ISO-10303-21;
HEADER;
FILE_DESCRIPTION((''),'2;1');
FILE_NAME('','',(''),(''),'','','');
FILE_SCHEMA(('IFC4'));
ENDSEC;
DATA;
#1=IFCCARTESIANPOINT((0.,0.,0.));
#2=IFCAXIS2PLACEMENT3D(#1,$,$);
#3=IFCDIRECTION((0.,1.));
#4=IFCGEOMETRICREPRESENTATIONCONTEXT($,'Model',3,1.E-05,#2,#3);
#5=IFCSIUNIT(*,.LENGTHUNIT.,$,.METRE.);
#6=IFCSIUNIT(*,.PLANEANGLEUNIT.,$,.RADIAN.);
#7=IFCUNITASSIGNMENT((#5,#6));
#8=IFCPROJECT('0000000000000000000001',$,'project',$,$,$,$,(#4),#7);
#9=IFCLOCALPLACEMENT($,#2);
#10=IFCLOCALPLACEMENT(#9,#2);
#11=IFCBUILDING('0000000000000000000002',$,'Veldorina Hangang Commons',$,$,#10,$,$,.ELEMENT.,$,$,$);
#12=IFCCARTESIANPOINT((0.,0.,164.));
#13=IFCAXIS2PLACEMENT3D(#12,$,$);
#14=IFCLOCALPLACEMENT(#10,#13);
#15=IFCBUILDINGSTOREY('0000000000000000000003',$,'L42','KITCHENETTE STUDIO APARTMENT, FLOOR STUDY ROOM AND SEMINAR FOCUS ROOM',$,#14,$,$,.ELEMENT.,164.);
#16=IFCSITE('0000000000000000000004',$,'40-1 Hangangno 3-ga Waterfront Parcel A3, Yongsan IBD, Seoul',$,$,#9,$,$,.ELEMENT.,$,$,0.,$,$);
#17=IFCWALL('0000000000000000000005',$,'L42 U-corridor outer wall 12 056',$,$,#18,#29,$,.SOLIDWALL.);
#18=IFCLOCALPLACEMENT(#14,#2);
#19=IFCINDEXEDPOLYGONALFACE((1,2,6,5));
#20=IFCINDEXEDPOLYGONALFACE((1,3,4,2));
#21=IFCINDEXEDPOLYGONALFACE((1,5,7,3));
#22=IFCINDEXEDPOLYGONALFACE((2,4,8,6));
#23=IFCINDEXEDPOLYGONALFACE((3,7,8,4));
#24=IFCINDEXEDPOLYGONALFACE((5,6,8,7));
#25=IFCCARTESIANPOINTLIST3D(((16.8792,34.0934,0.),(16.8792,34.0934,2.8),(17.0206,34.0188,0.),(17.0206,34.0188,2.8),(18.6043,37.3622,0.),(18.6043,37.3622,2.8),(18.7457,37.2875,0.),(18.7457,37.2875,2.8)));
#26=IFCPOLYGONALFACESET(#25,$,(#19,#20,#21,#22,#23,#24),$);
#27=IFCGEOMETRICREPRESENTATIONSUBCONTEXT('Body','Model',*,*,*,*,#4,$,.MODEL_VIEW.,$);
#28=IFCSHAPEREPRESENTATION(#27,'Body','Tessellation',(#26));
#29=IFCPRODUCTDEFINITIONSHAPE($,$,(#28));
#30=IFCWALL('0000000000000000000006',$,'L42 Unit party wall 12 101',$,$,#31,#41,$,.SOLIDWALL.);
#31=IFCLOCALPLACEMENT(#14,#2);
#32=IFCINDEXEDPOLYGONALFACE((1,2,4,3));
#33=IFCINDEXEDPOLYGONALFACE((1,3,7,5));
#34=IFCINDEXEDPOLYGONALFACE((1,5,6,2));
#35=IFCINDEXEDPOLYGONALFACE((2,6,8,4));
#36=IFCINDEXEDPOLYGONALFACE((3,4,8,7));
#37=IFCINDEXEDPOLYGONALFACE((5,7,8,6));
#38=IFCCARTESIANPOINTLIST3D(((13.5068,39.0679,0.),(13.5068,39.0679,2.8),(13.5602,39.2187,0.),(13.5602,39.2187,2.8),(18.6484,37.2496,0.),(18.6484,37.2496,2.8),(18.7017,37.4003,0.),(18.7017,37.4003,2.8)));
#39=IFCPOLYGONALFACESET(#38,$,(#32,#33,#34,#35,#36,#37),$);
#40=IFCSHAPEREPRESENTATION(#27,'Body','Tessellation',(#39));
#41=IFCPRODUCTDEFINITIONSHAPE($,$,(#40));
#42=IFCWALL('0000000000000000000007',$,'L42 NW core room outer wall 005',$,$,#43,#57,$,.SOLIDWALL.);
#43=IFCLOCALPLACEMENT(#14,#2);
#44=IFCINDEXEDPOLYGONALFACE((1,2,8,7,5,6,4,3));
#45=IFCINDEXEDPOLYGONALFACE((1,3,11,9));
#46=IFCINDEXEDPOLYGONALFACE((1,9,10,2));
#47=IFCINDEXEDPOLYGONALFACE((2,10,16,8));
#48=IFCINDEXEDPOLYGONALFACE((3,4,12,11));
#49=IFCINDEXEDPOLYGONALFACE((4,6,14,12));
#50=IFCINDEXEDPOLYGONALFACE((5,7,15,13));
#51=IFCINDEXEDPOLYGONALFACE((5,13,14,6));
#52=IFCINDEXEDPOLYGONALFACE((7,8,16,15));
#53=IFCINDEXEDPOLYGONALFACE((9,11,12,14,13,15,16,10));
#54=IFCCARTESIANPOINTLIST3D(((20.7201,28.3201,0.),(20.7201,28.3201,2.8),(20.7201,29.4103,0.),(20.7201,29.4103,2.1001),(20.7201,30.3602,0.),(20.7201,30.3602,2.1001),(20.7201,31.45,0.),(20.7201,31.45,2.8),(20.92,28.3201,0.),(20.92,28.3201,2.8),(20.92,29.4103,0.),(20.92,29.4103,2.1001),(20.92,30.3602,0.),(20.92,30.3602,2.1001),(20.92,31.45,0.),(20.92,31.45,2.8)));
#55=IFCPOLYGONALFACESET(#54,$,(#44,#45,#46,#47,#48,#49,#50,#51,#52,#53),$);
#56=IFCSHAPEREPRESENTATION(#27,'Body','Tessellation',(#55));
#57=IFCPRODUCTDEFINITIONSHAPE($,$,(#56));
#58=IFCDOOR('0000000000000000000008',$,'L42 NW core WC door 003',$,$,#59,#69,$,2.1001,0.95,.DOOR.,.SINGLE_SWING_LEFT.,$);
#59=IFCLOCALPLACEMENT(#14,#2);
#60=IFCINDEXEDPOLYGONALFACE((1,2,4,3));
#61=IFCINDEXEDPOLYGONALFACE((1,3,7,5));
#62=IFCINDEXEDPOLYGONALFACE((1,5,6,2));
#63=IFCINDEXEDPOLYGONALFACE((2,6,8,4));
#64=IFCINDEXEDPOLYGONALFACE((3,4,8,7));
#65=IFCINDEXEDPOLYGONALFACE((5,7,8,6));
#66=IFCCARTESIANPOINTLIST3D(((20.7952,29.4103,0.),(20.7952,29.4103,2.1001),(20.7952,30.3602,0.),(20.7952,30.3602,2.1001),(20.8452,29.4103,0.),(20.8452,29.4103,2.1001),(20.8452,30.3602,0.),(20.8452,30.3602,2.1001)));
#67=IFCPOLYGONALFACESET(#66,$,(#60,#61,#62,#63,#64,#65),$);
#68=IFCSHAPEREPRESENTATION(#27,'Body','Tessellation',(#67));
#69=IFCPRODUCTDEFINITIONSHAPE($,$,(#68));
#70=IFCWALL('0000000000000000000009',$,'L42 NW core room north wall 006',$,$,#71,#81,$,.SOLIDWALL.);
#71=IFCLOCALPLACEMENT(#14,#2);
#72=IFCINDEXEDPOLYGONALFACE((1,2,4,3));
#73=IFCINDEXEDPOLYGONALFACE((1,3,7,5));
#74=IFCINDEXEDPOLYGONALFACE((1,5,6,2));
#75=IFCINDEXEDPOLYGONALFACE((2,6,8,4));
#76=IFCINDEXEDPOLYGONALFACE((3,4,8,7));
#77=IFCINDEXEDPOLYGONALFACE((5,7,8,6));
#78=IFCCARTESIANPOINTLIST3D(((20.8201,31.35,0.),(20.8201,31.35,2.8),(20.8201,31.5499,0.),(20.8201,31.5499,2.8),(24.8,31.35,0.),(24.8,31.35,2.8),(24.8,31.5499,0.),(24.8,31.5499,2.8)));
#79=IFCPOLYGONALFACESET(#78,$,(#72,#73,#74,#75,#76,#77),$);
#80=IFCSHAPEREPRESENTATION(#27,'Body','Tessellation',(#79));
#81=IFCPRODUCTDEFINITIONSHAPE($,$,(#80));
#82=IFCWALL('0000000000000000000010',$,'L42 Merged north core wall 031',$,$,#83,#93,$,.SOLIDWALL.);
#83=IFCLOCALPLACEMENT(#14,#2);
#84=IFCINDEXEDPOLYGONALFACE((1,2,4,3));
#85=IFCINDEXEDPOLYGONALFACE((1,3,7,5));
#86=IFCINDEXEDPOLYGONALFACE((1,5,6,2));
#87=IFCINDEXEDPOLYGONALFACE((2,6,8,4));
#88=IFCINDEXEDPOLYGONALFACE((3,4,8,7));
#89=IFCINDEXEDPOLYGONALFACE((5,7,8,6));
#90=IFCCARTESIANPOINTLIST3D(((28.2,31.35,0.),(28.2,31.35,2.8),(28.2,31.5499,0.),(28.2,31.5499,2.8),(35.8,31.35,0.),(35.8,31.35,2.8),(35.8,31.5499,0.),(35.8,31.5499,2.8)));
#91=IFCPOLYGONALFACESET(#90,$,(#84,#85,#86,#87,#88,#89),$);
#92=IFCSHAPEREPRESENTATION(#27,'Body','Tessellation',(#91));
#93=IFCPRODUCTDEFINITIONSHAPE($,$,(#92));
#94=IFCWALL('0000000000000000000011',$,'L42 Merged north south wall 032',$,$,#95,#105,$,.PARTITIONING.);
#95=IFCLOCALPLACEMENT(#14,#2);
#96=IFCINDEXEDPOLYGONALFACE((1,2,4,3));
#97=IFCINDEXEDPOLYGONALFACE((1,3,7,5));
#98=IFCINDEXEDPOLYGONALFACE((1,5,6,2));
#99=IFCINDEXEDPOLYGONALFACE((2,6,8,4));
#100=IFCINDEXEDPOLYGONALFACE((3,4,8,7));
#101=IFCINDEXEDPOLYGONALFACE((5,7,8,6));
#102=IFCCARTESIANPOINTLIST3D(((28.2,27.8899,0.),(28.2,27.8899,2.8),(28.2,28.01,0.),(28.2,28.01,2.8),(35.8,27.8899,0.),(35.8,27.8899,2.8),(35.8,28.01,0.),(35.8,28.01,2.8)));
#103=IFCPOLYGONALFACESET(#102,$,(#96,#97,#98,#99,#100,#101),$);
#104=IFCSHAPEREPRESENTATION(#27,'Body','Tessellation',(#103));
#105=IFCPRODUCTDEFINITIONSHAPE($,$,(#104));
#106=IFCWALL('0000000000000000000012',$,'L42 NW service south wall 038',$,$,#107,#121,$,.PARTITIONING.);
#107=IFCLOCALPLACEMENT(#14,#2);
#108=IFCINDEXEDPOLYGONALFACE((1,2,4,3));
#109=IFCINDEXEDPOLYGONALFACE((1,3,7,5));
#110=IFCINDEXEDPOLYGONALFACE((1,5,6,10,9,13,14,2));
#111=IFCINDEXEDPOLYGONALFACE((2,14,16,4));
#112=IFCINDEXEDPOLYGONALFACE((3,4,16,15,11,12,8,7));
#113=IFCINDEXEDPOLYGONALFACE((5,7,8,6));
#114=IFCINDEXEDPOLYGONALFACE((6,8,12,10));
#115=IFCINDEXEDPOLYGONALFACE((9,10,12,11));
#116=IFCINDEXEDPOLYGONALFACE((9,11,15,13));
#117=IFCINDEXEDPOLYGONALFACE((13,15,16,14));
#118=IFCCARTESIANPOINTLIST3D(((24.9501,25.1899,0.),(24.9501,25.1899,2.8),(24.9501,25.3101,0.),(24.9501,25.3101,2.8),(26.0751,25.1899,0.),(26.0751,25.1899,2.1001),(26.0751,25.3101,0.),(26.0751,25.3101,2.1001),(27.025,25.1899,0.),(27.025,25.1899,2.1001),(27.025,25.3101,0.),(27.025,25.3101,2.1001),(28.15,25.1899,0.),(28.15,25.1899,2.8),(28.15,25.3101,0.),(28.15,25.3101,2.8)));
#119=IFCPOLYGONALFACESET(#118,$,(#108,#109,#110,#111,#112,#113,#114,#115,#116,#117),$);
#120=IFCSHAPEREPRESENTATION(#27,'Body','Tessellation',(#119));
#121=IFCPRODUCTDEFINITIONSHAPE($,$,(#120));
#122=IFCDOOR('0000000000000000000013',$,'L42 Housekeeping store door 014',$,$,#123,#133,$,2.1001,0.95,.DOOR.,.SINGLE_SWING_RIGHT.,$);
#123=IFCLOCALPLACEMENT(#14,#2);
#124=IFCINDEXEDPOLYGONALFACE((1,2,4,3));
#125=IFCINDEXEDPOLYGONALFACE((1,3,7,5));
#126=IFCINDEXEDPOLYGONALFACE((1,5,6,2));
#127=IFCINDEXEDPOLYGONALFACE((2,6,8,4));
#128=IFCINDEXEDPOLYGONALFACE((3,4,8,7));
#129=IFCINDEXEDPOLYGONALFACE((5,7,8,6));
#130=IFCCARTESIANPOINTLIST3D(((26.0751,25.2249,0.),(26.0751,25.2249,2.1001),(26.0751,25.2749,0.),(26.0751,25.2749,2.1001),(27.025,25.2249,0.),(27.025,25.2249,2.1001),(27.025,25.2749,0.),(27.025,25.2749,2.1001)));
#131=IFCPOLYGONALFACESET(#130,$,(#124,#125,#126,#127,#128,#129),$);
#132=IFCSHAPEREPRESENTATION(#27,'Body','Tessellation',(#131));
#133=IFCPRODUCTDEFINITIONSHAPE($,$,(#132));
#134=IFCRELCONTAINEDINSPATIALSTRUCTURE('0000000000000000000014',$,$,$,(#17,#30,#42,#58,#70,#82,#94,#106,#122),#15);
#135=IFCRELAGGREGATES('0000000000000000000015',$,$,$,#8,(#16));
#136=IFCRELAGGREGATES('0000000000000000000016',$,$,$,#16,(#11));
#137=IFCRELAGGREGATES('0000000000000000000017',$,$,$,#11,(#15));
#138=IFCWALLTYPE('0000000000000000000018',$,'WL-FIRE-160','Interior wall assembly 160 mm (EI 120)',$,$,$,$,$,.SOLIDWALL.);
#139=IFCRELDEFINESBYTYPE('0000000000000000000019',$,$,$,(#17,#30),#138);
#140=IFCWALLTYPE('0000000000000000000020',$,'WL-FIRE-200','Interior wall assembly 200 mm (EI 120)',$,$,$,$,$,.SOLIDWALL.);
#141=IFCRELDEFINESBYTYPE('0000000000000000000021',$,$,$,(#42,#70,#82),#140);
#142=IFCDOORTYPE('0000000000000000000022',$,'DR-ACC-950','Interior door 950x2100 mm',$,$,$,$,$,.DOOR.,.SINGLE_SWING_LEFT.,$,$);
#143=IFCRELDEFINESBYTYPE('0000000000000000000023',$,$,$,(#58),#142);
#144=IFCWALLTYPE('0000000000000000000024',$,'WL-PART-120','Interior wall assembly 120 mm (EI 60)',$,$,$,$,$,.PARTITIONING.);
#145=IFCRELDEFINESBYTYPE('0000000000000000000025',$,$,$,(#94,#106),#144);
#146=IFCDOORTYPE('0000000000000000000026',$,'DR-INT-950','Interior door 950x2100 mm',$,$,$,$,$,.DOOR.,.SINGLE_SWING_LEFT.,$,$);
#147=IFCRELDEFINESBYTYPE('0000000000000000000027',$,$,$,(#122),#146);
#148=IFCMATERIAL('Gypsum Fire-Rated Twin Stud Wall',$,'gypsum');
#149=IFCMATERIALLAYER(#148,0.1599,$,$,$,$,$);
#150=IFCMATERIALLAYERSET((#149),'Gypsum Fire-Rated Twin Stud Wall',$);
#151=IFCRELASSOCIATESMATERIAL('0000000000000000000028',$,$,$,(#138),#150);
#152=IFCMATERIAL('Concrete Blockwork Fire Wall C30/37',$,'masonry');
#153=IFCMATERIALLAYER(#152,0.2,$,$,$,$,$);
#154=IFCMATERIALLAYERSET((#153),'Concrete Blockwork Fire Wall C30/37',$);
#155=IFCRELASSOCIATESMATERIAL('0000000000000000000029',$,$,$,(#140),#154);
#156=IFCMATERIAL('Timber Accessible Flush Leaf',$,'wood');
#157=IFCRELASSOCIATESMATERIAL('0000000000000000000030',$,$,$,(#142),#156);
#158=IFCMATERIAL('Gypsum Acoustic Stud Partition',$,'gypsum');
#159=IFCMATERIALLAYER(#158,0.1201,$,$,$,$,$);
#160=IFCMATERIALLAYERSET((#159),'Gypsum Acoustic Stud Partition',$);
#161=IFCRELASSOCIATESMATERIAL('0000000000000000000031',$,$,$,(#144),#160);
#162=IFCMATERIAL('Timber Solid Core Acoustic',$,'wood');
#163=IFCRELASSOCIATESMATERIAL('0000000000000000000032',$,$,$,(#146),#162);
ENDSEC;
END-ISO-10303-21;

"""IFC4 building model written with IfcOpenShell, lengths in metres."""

from ifc_helpers import new_model, si_unit, direction, frame, frame_2d, origin, place, context, subcontext, project, spatial, rectangle, extrude, material, layer, layer_set, type_object, element, fill, save


model = new_model("IFC4")

# Units and contexts
model_context = context("Model", 3, precision=1e-05, world=origin(), true_north=direction((0.0, 1.0)))
body_context = subcontext(model_context, "Body", "Model", "MODEL_VIEW")
ifc_project = project(units=[si_unit("LENGTHUNIT", "METRE"), si_unit("PLANEANGLEUNIT", "RADIAN")], contexts=[model_context])

# Site, building, storey
site_placement = place(None, origin())
site = spatial("IfcSite", under=ifc_project, at=site_placement, Name="40-1 Hangangno 3-ga Waterfront Parcel A3, Yongsan IBD, Seoul", CompositionType="ELEMENT", RefElevation=0.0)
building_placement = place(site_placement, origin())
building = spatial("IfcBuilding", under=site, at=building_placement, Name="Veldorina Hangang Commons", CompositionType="ELEMENT")
storey_placement = place(building_placement, frame((0.0, 0.0, 164.0)))
storey = spatial("IfcBuildingStorey", under=building, at=storey_placement, Name="L42", Description="KITCHENETTE STUDIO APARTMENT, FLOOR STUDY ROOM AND SEMINAR FOCUS ROOM", CompositionType="ELEMENT", Elevation=164.0)

# Shared definitions
ifc_material_1 = material(Name="Gypsum Fire-Rated Twin Stud Wall", Category="gypsum")
ifc_layer_1 = layer(ifc_material_1, 0.1599)
ifc_layer_set_1 = layer_set([ifc_layer_1], Name="Gypsum Fire-Rated Twin Stud Wall")
wall_type_1 = type_object("IfcWallType", Name="WL-FIRE-160", Description="Interior wall assembly 160 mm (EI 120)", PredefinedType="SOLIDWALL", material=ifc_layer_set_1)

# Walls
wall_1_placement = place(storey_placement, frame((18.675, 37.325, 0.0), z_axis=(0.0, 0.0, 1.0), x_axis=(-0.466737, -0.884396, 0.0)))
element("IfcWall", 1, at=wall_1_placement, inside=storey, type_object=wall_type_1, Name="L42 U-corridor outer wall 12 056", PredefinedType="SOLIDWALL", context=body_context, shape_type="SweptSolid", body=[
    extrude(rectangle(XDim=3.696, YDim=0.1599, at=frame_2d((1.8481, 0.0))), origin(), (0.0, 0.0, 1.0), 2.8),
])
wall_2_placement = place(storey_placement, frame((18.675, 37.325, 0.0), z_axis=(0.0, 0.0, 1.0), x_axis=(-0.942779, 0.33342, 0.0)))
element("IfcWall", 2, at=wall_2_placement, inside=storey, type_object=wall_type_1, Name="L42 Unit party wall 12 101", PredefinedType="SOLIDWALL", context=body_context, shape_type="SweptSolid", body=[
    extrude(rectangle(XDim=5.4536, YDim=0.1599, at=frame_2d((2.7268, 0.0))), origin(), (0.0, 0.0, 1.0), 2.8),
])

# Wall, opening, door
ifc_material_2 = material(Name="Concrete Blockwork Fire Wall C30/37", Category="masonry")
ifc_layer_2 = layer(ifc_material_2, 0.2)
ifc_layer_set_2 = layer_set([ifc_layer_2], Name="Concrete Blockwork Fire Wall C30/37")
wall_type_2 = type_object("IfcWallType", Name="WL-FIRE-200", Description="Interior wall assembly 200 mm (EI 120)", PredefinedType="SOLIDWALL", material=ifc_layer_set_2)
wall_3_placement = place(storey_placement, frame((20.8201, 28.3201, 0.0), z_axis=(0.0, 0.0, 1.0), x_axis=(0.0, 1.0, 0.0)))
wall_3 = element("IfcWall", 3, at=wall_3_placement, inside=storey, type_object=wall_type_2, Name="L42 NW core room outer wall 005", PredefinedType="SOLIDWALL", context=body_context, shape_type="SweptSolid", body=[
    extrude(rectangle(XDim=3.1299, YDim=0.2, at=frame_2d((1.5649, 0.0))), origin(), (0.0, 0.0, 1.0), 2.8),
])
opening_1_placement = place(wall_3_placement, frame((1.0901, 0.0, 0.0)))
opening_1 = element("IfcOpeningElement", 4, at=opening_1_placement, cuts=wall_3, PredefinedType="OPENING", context=body_context, shape_type="SweptSolid", body=[
    extrude(rectangle(XDim=0.95, YDim=2.1001, at=frame_2d((0.4751, 1.05))), frame((0.0, 0.1099, 0.0), z_axis=(0.0, -1.0, 0.0), x_axis=(1.0, 0.0, 0.0)), (0.0, 0.0, 1.0), 0.22),
])
ifc_material_3 = material(Name="Timber Accessible Flush Leaf", Category="wood")
door_type_1 = type_object("IfcDoorType", Name="DR-ACC-950", Description="Interior door 950x2100 mm", OperationType="SINGLE_SWING_LEFT", PredefinedType="DOOR", material=ifc_material_3)
door_1_placement = place(opening_1_placement, origin())
door_1 = element("IfcDoor", 5, at=door_1_placement, inside=storey, type_object=door_type_1, Name="L42 NW core WC door 003", OperationType="SINGLE_SWING_LEFT", OverallHeight=2.1001, OverallWidth=0.95, PredefinedType="DOOR", context=body_context, shape_type="SweptSolid", body=[
    extrude(rectangle(XDim=0.95, YDim=2.1001, at=frame_2d((0.4751, 1.05))), frame((0.0, 0.0249, 0.0), z_axis=(0.0, -1.0, 0.0), x_axis=(1.0, 0.0, 0.0)), (0.0, 0.0, 1.0), 0.05),
])
fill(opening_1, door_1)

# Walls
wall_4_placement = place(storey_placement, frame((20.8201, 31.45, 0.0), z_axis=(0.0, 0.0, 1.0), x_axis=(1.0, 0.0, 0.0)))
element("IfcWall", 6, at=wall_4_placement, inside=storey, type_object=wall_type_2, Name="L42 NW core room north wall 006", PredefinedType="SOLIDWALL", context=body_context, shape_type="SweptSolid", body=[
    extrude(rectangle(XDim=3.98, YDim=0.2, at=frame_2d((1.99, 0.0))), origin(), (0.0, 0.0, 1.0), 2.8),
])
wall_5_placement = place(storey_placement, frame((28.2, 31.45, 0.0), z_axis=(0.0, 0.0, 1.0), x_axis=(1.0, 0.0, 0.0)))
element("IfcWall", 7, at=wall_5_placement, inside=storey, type_object=wall_type_2, Name="L42 Merged north core wall 031", PredefinedType="SOLIDWALL", context=body_context, shape_type="SweptSolid", body=[
    extrude(rectangle(XDim=7.6001, YDim=0.2, at=frame_2d((3.8, 0.0))), origin(), (0.0, 0.0, 1.0), 2.8),
])
ifc_material_4 = material(Name="Gypsum Acoustic Stud Partition", Category="gypsum")
ifc_layer_3 = layer(ifc_material_4, 0.1201)
ifc_layer_set_3 = layer_set([ifc_layer_3], Name="Gypsum Acoustic Stud Partition")
wall_type_3 = type_object("IfcWallType", Name="WL-PART-120", Description="Interior wall assembly 120 mm (EI 60)", PredefinedType="PARTITIONING", material=ifc_layer_set_3)
wall_6_placement = place(storey_placement, frame((28.2, 27.95, 0.0), z_axis=(0.0, 0.0, 1.0), x_axis=(1.0, 0.0, 0.0)))
element("IfcWall", 8, at=wall_6_placement, inside=storey, type_object=wall_type_3, Name="L42 Merged north south wall 032", PredefinedType="PARTITIONING", context=body_context, shape_type="SweptSolid", body=[
    extrude(rectangle(XDim=7.6001, YDim=0.1201, at=frame_2d((3.8, 0.0))), origin(), (0.0, 0.0, 1.0), 2.8),
])

# Wall, opening, door
wall_7_placement = place(storey_placement, frame((24.95, 25.25, 0.0), z_axis=(0.0, 0.0, 1.0), x_axis=(1.0, 0.0, 0.0)))
wall_7 = element("IfcWall", 9, at=wall_7_placement, inside=storey, type_object=wall_type_3, Name="L42 NW service south wall 038", PredefinedType="PARTITIONING", context=body_context, shape_type="SweptSolid", body=[
    extrude(rectangle(XDim=3.2, YDim=0.1201, at=frame_2d((1.6001, 0.0))), origin(), (0.0, 0.0, 1.0), 2.8),
])
opening_2_placement = place(wall_7_placement, frame((1.125, 0.0, 0.0)))
opening_2 = element("IfcOpeningElement", 10, at=opening_2_placement, cuts=wall_7, PredefinedType="OPENING", context=body_context, shape_type="SweptSolid", body=[
    extrude(rectangle(XDim=0.95, YDim=2.1001, at=frame_2d((0.4751, 1.05))), frame((0.0, 0.0701, 0.0), z_axis=(0.0, -1.0, 0.0), x_axis=(1.0, 0.0, 0.0)), (0.0, 0.0, 1.0), 0.1401),
])
ifc_material_5 = material(Name="Timber Solid Core Acoustic", Category="wood")
door_type_2 = type_object("IfcDoorType", Name="DR-INT-950", Description="Interior door 950x2100 mm", OperationType="SINGLE_SWING_LEFT", PredefinedType="DOOR", material=ifc_material_5)
door_2_placement = place(opening_2_placement, origin())
door_2 = element("IfcDoor", 11, at=door_2_placement, inside=storey, type_object=door_type_2, Name="L42 Housekeeping store door 014", OperationType="SINGLE_SWING_RIGHT", OverallHeight=2.1001, OverallWidth=0.95, PredefinedType="DOOR", context=body_context, shape_type="SweptSolid", body=[
    extrude(rectangle(XDim=0.95, YDim=2.1001, at=frame_2d((0.4751, 1.05))), frame((0.0, 0.0249, 0.0), z_axis=(0.0, -1.0, 0.0), x_axis=(1.0, 0.0, 0.0)), (0.0, 0.0, 1.0), 0.05),
])
fill(opening_2, door_2)

save(model, "model.ifc")
